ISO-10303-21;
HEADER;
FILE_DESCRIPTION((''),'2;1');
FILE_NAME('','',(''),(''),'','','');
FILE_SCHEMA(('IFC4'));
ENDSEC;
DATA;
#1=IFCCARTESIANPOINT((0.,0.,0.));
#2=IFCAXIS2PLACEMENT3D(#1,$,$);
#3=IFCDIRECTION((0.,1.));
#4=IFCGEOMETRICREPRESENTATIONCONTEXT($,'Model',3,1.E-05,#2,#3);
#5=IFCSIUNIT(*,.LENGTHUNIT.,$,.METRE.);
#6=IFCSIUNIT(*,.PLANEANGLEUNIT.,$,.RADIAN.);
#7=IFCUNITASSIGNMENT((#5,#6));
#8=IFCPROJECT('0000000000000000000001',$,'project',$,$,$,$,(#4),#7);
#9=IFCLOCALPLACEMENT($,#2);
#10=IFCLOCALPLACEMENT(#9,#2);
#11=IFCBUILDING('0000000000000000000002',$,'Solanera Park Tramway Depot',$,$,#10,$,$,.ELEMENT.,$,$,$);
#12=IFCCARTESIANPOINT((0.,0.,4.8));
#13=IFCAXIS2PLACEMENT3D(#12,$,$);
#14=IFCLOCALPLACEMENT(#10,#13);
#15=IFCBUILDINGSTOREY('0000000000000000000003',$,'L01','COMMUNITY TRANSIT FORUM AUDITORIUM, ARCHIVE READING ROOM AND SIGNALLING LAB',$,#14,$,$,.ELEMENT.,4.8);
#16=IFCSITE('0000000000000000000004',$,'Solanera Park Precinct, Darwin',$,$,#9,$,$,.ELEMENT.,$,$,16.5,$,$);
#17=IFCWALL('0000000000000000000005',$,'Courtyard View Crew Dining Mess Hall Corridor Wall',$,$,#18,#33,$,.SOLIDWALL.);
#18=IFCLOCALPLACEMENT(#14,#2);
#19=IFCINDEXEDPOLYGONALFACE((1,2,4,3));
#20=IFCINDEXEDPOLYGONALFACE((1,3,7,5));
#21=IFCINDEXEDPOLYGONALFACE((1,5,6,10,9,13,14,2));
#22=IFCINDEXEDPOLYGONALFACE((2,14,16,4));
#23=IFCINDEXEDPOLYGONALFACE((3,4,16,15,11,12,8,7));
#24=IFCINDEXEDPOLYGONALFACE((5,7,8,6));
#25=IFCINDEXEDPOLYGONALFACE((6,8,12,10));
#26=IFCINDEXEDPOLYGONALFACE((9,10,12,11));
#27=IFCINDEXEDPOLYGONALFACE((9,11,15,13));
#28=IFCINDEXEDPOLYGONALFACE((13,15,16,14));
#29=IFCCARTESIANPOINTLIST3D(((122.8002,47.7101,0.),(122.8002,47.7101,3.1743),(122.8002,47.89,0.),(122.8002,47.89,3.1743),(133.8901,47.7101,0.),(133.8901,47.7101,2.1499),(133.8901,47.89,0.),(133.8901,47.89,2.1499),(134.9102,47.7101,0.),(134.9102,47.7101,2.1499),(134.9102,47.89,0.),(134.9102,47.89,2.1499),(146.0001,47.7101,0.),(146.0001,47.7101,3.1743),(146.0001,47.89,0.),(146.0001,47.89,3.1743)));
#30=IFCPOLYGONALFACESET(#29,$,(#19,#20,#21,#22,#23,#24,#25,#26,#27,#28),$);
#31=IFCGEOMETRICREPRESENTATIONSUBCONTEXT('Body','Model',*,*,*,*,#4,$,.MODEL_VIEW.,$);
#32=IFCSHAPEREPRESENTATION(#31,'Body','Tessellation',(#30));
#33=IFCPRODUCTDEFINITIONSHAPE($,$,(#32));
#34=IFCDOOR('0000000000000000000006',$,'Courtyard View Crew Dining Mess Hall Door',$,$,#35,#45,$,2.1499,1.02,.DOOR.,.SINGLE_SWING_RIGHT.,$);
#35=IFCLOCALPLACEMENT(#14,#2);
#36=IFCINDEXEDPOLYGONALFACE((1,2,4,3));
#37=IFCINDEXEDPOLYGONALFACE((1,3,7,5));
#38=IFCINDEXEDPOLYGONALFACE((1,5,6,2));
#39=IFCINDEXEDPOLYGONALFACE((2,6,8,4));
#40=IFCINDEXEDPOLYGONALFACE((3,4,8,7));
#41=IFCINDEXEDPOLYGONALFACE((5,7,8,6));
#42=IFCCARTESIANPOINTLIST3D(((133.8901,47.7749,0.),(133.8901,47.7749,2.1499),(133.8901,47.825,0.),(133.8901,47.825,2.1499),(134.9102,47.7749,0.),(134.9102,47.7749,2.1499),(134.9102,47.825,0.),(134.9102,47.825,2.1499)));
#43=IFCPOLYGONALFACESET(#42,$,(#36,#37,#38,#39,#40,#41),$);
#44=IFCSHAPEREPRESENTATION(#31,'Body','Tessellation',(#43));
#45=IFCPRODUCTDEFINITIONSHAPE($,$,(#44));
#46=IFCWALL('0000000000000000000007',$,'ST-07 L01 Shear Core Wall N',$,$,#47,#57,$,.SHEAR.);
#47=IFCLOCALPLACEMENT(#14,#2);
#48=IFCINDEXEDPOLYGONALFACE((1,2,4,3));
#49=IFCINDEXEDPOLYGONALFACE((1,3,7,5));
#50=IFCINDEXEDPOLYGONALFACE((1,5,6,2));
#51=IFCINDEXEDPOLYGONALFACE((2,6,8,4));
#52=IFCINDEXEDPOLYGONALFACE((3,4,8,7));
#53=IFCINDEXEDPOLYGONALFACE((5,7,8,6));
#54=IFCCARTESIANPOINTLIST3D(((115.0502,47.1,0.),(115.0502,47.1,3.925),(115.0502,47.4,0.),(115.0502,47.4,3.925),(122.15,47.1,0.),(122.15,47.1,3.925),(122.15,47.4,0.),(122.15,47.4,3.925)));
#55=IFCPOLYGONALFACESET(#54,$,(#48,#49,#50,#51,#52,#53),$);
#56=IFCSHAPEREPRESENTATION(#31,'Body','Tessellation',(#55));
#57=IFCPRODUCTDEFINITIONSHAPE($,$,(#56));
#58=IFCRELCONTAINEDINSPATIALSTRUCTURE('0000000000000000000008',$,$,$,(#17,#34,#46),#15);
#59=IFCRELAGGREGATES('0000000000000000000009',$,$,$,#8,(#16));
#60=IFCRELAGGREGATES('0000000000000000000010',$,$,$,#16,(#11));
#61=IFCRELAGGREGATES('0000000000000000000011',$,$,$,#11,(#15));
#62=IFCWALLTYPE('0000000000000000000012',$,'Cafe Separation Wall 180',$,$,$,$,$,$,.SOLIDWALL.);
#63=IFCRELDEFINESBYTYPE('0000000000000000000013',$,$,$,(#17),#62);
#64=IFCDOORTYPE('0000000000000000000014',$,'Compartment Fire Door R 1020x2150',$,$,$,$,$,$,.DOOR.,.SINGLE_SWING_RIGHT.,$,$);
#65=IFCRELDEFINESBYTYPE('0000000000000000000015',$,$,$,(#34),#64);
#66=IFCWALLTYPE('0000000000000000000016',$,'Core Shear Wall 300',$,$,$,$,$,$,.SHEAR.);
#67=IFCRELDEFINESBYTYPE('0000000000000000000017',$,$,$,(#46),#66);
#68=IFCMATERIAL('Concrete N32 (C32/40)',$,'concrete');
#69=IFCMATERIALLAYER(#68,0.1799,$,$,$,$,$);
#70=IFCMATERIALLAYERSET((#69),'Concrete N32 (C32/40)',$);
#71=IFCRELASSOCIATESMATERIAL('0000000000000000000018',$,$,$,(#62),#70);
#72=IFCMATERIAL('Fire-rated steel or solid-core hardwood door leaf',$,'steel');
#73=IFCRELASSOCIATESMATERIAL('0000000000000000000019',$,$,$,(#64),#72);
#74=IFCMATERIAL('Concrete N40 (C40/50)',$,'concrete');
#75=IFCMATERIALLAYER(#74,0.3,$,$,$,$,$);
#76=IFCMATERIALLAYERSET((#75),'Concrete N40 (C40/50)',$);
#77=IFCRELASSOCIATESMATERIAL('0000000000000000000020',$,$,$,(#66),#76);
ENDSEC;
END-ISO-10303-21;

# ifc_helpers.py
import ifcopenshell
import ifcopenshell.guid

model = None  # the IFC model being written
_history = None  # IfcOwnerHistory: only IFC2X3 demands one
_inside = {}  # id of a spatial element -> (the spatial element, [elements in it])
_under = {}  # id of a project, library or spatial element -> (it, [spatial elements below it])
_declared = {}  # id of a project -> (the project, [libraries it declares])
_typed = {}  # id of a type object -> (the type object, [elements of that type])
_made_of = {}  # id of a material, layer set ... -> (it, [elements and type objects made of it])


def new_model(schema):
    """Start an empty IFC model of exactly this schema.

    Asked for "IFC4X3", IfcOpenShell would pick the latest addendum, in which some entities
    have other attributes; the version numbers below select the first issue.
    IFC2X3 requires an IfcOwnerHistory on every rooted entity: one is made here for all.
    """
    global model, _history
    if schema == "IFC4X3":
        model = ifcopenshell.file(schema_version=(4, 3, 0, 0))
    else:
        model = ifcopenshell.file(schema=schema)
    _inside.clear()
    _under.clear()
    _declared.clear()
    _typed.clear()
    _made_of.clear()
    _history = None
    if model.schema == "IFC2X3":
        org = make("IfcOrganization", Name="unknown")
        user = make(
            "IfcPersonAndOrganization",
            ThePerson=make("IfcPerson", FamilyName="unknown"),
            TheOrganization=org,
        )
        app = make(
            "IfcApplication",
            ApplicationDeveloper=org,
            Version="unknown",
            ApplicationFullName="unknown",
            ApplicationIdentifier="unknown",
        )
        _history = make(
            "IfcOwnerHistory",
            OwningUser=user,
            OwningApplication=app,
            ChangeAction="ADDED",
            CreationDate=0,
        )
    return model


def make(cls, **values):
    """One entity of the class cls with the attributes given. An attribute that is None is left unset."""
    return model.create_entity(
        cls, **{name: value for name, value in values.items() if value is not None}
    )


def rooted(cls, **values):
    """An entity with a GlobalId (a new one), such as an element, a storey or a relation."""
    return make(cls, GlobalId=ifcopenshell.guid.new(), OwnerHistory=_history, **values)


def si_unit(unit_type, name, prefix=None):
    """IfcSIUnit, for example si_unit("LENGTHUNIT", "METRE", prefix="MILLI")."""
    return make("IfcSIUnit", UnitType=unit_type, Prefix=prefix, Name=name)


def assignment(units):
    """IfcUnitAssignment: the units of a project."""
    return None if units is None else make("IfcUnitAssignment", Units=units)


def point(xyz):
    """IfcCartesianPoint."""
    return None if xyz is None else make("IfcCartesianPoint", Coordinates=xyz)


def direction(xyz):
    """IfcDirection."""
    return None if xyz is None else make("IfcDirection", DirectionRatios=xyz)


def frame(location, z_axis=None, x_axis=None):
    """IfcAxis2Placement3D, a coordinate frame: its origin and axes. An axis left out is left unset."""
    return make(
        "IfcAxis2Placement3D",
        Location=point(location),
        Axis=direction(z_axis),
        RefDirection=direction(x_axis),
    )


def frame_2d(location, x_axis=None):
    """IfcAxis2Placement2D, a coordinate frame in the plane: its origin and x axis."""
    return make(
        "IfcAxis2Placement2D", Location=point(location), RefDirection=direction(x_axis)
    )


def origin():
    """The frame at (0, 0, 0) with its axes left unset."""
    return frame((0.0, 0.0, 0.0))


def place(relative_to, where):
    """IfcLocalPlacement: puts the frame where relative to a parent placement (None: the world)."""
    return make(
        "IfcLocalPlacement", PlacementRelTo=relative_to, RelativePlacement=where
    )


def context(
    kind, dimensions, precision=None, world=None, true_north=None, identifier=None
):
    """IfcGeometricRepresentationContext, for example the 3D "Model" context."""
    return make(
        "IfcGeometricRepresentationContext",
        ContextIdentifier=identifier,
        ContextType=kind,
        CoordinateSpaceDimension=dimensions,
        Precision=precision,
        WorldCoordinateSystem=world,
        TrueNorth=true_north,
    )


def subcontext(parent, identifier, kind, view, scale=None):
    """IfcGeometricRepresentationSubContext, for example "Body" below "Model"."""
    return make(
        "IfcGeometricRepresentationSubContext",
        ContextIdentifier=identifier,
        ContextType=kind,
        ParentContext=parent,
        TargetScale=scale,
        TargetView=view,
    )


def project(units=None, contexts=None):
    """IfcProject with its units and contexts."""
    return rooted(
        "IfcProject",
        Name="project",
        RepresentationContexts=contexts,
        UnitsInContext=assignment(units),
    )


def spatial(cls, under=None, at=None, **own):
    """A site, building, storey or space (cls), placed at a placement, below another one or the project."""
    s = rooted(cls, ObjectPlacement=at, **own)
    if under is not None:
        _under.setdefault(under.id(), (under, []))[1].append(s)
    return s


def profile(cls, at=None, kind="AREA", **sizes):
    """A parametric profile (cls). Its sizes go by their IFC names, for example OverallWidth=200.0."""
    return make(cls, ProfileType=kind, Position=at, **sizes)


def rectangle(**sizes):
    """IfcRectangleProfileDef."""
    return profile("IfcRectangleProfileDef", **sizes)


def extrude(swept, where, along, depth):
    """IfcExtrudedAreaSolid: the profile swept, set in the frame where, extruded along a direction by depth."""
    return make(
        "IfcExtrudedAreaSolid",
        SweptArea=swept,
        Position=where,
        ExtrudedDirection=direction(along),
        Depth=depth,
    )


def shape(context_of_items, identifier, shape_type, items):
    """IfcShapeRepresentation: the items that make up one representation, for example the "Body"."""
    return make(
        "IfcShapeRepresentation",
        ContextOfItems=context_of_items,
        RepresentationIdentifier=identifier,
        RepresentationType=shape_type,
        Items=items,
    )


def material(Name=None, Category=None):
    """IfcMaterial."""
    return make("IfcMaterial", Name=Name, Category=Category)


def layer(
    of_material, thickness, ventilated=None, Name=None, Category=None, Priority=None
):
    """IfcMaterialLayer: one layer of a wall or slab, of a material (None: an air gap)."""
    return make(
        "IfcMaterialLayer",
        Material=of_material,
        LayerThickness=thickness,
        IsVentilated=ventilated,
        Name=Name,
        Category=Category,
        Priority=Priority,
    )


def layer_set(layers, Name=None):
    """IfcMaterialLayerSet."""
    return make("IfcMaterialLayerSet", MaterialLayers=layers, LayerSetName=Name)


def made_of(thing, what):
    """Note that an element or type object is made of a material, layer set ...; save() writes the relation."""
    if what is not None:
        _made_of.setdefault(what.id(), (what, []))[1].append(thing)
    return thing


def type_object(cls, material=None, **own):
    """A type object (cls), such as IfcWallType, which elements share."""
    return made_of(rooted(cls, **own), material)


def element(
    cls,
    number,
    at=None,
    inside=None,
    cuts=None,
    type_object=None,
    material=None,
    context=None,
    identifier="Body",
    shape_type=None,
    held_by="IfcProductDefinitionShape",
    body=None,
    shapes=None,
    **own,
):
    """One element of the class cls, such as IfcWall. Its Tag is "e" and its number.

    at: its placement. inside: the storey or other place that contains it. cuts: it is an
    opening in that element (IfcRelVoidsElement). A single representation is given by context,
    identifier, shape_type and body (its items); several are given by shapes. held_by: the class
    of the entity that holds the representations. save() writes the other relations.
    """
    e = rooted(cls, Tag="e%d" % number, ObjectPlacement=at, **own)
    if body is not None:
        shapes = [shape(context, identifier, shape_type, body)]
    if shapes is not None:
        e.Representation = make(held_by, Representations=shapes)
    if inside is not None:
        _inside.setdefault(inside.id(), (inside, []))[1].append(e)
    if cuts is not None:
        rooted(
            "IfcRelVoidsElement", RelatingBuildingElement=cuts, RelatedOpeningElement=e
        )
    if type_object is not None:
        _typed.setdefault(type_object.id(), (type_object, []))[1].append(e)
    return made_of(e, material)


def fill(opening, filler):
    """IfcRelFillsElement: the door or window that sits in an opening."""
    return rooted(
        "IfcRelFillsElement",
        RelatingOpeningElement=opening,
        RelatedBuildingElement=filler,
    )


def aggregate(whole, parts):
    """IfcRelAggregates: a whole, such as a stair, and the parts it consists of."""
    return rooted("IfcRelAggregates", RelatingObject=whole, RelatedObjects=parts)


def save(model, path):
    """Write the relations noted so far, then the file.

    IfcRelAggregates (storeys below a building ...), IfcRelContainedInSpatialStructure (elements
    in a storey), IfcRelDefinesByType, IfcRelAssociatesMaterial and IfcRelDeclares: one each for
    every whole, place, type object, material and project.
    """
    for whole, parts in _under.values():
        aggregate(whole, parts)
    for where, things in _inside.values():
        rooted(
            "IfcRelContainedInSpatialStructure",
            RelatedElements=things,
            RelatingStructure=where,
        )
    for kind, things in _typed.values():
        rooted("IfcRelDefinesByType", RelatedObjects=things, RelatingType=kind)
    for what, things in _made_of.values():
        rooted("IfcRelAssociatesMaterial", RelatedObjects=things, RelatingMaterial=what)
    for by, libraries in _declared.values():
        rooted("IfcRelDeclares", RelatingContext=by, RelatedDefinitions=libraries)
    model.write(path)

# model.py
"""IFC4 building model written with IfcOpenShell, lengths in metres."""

from ifc_helpers import new_model, si_unit, direction, frame, frame_2d, origin, place, context, subcontext, project, spatial, rectangle, extrude, material, layer, layer_set, type_object, element, fill, save


model = new_model("IFC4")

# Units and contexts
model_context = context("Model", 3, precision=1e-05, world=origin(), true_north=direction((0.0, 1.0)))
body_context = subcontext(model_context, "Body", "Model", "MODEL_VIEW")
ifc_project = project(units=[si_unit("LENGTHUNIT", "METRE"), si_unit("PLANEANGLEUNIT", "RADIAN")], contexts=[model_context])

# Site, building, storey
site_placement = place(None, origin())
site = spatial("IfcSite", under=ifc_project, at=site_placement, Name="Solanera Park Precinct, Darwin", CompositionType="ELEMENT", RefElevation=16.5)
building_placement = place(site_placement, origin())
building = spatial("IfcBuilding", under=site, at=building_placement, Name="Solanera Park Tramway Depot", CompositionType="ELEMENT")
storey_placement = place(building_placement, frame((0.0, 0.0, 4.8)))
storey = spatial("IfcBuildingStorey", under=building, at=storey_placement, Name="L01", Description="COMMUNITY TRANSIT FORUM AUDITORIUM, ARCHIVE READING ROOM AND SIGNALLING LAB", CompositionType="ELEMENT", Elevation=4.8)

# Wall, opening, door
ifc_material_1 = material(Name="Concrete N32 (C32/40)", Category="concrete")
ifc_layer_1 = layer(ifc_material_1, 0.1799)
ifc_layer_set_1 = layer_set([ifc_layer_1], Name="Concrete N32 (C32/40)")
wall_type_1 = type_object("IfcWallType", Name="Cafe Separation Wall 180", PredefinedType="SOLIDWALL", material=ifc_layer_set_1)
wall_1_placement = place(storey_placement, frame((122.8, 47.8, 0.0), z_axis=(0.0, 0.0, 1.0), x_axis=(1.0, 0.0, 0.0)))
wall_1 = element("IfcWall", 1, at=wall_1_placement, inside=storey, type_object=wall_type_1, Name="Courtyard View Crew Dining Mess Hall Corridor Wall", PredefinedType="SOLIDWALL", context=body_context, shape_type="SweptSolid", body=[
    extrude(rectangle(XDim=23.2, YDim=0.1799, at=frame_2d((11.6001, 0.0))), origin(), (0.0, 0.0, 1.0), 3.1743),
])
opening_placement = place(wall_1_placement, frame((11.0901, 0.0, 0.0)))
opening = element("IfcOpeningElement", 2, at=opening_placement, cuts=wall_1, PredefinedType="OPENING", context=body_context, shape_type="SweptSolid", body=[
    extrude(rectangle(XDim=1.02, YDim=2.1499, at=frame_2d((0.51, 1.075))), frame((0.0, 0.1001, 0.0), z_axis=(0.0, -1.0, 0.0), x_axis=(1.0, 0.0, 0.0)), (0.0, 0.0, 1.0), 0.2),
])
ifc_material_2 = material(Name="Fire-rated steel or solid-core hardwood door leaf", Category="steel")
door_type = type_object("IfcDoorType", Name="Compartment Fire Door R 1020x2150", OperationType="SINGLE_SWING_RIGHT", PredefinedType="DOOR", material=ifc_material_2)
door_placement = place(opening_placement, origin())
door = element("IfcDoor", 3, at=door_placement, inside=storey, type_object=door_type, Name="Courtyard View Crew Dining Mess Hall Door", OperationType="SINGLE_SWING_RIGHT", OverallHeight=2.1499, OverallWidth=1.02, PredefinedType="DOOR", context=body_context, shape_type="SweptSolid", body=[
    extrude(rectangle(XDim=1.02, YDim=2.1499, at=frame_2d((0.51, 1.075))), frame((0.0, 0.0249, 0.0), z_axis=(0.0, -1.0, 0.0), x_axis=(1.0, 0.0, 0.0)), (0.0, 0.0, 1.0), 0.05),
])
fill(opening, door)

# Wall
ifc_material_3 = material(Name="Concrete N40 (C40/50)", Category="concrete")
ifc_layer_2 = layer(ifc_material_3, 0.3)
ifc_layer_set_2 = layer_set([ifc_layer_2], Name="Concrete N40 (C40/50)")
wall_type_2 = type_object("IfcWallType", Name="Core Shear Wall 300", PredefinedType="SHEAR", material=ifc_layer_set_2)
wall_2_placement = place(storey_placement, frame((122.1499, 47.25, 0.0), z_axis=(0.0, 0.0, 1.0), x_axis=(-1.0, 0.0, 0.0)))
element("IfcWall", 4, at=wall_2_placement, inside=storey, type_object=wall_type_2, Name="ST-07 L01 Shear Core Wall N", PredefinedType="SHEAR", context=body_context, shape_type="SweptSolid", body=[
    extrude(rectangle(XDim=7.0999, YDim=0.3, at=frame_2d((3.5498, 0.0))), origin(), (0.0, 0.0, 1.0), 3.925),
])

save(model, "model.ifc")
